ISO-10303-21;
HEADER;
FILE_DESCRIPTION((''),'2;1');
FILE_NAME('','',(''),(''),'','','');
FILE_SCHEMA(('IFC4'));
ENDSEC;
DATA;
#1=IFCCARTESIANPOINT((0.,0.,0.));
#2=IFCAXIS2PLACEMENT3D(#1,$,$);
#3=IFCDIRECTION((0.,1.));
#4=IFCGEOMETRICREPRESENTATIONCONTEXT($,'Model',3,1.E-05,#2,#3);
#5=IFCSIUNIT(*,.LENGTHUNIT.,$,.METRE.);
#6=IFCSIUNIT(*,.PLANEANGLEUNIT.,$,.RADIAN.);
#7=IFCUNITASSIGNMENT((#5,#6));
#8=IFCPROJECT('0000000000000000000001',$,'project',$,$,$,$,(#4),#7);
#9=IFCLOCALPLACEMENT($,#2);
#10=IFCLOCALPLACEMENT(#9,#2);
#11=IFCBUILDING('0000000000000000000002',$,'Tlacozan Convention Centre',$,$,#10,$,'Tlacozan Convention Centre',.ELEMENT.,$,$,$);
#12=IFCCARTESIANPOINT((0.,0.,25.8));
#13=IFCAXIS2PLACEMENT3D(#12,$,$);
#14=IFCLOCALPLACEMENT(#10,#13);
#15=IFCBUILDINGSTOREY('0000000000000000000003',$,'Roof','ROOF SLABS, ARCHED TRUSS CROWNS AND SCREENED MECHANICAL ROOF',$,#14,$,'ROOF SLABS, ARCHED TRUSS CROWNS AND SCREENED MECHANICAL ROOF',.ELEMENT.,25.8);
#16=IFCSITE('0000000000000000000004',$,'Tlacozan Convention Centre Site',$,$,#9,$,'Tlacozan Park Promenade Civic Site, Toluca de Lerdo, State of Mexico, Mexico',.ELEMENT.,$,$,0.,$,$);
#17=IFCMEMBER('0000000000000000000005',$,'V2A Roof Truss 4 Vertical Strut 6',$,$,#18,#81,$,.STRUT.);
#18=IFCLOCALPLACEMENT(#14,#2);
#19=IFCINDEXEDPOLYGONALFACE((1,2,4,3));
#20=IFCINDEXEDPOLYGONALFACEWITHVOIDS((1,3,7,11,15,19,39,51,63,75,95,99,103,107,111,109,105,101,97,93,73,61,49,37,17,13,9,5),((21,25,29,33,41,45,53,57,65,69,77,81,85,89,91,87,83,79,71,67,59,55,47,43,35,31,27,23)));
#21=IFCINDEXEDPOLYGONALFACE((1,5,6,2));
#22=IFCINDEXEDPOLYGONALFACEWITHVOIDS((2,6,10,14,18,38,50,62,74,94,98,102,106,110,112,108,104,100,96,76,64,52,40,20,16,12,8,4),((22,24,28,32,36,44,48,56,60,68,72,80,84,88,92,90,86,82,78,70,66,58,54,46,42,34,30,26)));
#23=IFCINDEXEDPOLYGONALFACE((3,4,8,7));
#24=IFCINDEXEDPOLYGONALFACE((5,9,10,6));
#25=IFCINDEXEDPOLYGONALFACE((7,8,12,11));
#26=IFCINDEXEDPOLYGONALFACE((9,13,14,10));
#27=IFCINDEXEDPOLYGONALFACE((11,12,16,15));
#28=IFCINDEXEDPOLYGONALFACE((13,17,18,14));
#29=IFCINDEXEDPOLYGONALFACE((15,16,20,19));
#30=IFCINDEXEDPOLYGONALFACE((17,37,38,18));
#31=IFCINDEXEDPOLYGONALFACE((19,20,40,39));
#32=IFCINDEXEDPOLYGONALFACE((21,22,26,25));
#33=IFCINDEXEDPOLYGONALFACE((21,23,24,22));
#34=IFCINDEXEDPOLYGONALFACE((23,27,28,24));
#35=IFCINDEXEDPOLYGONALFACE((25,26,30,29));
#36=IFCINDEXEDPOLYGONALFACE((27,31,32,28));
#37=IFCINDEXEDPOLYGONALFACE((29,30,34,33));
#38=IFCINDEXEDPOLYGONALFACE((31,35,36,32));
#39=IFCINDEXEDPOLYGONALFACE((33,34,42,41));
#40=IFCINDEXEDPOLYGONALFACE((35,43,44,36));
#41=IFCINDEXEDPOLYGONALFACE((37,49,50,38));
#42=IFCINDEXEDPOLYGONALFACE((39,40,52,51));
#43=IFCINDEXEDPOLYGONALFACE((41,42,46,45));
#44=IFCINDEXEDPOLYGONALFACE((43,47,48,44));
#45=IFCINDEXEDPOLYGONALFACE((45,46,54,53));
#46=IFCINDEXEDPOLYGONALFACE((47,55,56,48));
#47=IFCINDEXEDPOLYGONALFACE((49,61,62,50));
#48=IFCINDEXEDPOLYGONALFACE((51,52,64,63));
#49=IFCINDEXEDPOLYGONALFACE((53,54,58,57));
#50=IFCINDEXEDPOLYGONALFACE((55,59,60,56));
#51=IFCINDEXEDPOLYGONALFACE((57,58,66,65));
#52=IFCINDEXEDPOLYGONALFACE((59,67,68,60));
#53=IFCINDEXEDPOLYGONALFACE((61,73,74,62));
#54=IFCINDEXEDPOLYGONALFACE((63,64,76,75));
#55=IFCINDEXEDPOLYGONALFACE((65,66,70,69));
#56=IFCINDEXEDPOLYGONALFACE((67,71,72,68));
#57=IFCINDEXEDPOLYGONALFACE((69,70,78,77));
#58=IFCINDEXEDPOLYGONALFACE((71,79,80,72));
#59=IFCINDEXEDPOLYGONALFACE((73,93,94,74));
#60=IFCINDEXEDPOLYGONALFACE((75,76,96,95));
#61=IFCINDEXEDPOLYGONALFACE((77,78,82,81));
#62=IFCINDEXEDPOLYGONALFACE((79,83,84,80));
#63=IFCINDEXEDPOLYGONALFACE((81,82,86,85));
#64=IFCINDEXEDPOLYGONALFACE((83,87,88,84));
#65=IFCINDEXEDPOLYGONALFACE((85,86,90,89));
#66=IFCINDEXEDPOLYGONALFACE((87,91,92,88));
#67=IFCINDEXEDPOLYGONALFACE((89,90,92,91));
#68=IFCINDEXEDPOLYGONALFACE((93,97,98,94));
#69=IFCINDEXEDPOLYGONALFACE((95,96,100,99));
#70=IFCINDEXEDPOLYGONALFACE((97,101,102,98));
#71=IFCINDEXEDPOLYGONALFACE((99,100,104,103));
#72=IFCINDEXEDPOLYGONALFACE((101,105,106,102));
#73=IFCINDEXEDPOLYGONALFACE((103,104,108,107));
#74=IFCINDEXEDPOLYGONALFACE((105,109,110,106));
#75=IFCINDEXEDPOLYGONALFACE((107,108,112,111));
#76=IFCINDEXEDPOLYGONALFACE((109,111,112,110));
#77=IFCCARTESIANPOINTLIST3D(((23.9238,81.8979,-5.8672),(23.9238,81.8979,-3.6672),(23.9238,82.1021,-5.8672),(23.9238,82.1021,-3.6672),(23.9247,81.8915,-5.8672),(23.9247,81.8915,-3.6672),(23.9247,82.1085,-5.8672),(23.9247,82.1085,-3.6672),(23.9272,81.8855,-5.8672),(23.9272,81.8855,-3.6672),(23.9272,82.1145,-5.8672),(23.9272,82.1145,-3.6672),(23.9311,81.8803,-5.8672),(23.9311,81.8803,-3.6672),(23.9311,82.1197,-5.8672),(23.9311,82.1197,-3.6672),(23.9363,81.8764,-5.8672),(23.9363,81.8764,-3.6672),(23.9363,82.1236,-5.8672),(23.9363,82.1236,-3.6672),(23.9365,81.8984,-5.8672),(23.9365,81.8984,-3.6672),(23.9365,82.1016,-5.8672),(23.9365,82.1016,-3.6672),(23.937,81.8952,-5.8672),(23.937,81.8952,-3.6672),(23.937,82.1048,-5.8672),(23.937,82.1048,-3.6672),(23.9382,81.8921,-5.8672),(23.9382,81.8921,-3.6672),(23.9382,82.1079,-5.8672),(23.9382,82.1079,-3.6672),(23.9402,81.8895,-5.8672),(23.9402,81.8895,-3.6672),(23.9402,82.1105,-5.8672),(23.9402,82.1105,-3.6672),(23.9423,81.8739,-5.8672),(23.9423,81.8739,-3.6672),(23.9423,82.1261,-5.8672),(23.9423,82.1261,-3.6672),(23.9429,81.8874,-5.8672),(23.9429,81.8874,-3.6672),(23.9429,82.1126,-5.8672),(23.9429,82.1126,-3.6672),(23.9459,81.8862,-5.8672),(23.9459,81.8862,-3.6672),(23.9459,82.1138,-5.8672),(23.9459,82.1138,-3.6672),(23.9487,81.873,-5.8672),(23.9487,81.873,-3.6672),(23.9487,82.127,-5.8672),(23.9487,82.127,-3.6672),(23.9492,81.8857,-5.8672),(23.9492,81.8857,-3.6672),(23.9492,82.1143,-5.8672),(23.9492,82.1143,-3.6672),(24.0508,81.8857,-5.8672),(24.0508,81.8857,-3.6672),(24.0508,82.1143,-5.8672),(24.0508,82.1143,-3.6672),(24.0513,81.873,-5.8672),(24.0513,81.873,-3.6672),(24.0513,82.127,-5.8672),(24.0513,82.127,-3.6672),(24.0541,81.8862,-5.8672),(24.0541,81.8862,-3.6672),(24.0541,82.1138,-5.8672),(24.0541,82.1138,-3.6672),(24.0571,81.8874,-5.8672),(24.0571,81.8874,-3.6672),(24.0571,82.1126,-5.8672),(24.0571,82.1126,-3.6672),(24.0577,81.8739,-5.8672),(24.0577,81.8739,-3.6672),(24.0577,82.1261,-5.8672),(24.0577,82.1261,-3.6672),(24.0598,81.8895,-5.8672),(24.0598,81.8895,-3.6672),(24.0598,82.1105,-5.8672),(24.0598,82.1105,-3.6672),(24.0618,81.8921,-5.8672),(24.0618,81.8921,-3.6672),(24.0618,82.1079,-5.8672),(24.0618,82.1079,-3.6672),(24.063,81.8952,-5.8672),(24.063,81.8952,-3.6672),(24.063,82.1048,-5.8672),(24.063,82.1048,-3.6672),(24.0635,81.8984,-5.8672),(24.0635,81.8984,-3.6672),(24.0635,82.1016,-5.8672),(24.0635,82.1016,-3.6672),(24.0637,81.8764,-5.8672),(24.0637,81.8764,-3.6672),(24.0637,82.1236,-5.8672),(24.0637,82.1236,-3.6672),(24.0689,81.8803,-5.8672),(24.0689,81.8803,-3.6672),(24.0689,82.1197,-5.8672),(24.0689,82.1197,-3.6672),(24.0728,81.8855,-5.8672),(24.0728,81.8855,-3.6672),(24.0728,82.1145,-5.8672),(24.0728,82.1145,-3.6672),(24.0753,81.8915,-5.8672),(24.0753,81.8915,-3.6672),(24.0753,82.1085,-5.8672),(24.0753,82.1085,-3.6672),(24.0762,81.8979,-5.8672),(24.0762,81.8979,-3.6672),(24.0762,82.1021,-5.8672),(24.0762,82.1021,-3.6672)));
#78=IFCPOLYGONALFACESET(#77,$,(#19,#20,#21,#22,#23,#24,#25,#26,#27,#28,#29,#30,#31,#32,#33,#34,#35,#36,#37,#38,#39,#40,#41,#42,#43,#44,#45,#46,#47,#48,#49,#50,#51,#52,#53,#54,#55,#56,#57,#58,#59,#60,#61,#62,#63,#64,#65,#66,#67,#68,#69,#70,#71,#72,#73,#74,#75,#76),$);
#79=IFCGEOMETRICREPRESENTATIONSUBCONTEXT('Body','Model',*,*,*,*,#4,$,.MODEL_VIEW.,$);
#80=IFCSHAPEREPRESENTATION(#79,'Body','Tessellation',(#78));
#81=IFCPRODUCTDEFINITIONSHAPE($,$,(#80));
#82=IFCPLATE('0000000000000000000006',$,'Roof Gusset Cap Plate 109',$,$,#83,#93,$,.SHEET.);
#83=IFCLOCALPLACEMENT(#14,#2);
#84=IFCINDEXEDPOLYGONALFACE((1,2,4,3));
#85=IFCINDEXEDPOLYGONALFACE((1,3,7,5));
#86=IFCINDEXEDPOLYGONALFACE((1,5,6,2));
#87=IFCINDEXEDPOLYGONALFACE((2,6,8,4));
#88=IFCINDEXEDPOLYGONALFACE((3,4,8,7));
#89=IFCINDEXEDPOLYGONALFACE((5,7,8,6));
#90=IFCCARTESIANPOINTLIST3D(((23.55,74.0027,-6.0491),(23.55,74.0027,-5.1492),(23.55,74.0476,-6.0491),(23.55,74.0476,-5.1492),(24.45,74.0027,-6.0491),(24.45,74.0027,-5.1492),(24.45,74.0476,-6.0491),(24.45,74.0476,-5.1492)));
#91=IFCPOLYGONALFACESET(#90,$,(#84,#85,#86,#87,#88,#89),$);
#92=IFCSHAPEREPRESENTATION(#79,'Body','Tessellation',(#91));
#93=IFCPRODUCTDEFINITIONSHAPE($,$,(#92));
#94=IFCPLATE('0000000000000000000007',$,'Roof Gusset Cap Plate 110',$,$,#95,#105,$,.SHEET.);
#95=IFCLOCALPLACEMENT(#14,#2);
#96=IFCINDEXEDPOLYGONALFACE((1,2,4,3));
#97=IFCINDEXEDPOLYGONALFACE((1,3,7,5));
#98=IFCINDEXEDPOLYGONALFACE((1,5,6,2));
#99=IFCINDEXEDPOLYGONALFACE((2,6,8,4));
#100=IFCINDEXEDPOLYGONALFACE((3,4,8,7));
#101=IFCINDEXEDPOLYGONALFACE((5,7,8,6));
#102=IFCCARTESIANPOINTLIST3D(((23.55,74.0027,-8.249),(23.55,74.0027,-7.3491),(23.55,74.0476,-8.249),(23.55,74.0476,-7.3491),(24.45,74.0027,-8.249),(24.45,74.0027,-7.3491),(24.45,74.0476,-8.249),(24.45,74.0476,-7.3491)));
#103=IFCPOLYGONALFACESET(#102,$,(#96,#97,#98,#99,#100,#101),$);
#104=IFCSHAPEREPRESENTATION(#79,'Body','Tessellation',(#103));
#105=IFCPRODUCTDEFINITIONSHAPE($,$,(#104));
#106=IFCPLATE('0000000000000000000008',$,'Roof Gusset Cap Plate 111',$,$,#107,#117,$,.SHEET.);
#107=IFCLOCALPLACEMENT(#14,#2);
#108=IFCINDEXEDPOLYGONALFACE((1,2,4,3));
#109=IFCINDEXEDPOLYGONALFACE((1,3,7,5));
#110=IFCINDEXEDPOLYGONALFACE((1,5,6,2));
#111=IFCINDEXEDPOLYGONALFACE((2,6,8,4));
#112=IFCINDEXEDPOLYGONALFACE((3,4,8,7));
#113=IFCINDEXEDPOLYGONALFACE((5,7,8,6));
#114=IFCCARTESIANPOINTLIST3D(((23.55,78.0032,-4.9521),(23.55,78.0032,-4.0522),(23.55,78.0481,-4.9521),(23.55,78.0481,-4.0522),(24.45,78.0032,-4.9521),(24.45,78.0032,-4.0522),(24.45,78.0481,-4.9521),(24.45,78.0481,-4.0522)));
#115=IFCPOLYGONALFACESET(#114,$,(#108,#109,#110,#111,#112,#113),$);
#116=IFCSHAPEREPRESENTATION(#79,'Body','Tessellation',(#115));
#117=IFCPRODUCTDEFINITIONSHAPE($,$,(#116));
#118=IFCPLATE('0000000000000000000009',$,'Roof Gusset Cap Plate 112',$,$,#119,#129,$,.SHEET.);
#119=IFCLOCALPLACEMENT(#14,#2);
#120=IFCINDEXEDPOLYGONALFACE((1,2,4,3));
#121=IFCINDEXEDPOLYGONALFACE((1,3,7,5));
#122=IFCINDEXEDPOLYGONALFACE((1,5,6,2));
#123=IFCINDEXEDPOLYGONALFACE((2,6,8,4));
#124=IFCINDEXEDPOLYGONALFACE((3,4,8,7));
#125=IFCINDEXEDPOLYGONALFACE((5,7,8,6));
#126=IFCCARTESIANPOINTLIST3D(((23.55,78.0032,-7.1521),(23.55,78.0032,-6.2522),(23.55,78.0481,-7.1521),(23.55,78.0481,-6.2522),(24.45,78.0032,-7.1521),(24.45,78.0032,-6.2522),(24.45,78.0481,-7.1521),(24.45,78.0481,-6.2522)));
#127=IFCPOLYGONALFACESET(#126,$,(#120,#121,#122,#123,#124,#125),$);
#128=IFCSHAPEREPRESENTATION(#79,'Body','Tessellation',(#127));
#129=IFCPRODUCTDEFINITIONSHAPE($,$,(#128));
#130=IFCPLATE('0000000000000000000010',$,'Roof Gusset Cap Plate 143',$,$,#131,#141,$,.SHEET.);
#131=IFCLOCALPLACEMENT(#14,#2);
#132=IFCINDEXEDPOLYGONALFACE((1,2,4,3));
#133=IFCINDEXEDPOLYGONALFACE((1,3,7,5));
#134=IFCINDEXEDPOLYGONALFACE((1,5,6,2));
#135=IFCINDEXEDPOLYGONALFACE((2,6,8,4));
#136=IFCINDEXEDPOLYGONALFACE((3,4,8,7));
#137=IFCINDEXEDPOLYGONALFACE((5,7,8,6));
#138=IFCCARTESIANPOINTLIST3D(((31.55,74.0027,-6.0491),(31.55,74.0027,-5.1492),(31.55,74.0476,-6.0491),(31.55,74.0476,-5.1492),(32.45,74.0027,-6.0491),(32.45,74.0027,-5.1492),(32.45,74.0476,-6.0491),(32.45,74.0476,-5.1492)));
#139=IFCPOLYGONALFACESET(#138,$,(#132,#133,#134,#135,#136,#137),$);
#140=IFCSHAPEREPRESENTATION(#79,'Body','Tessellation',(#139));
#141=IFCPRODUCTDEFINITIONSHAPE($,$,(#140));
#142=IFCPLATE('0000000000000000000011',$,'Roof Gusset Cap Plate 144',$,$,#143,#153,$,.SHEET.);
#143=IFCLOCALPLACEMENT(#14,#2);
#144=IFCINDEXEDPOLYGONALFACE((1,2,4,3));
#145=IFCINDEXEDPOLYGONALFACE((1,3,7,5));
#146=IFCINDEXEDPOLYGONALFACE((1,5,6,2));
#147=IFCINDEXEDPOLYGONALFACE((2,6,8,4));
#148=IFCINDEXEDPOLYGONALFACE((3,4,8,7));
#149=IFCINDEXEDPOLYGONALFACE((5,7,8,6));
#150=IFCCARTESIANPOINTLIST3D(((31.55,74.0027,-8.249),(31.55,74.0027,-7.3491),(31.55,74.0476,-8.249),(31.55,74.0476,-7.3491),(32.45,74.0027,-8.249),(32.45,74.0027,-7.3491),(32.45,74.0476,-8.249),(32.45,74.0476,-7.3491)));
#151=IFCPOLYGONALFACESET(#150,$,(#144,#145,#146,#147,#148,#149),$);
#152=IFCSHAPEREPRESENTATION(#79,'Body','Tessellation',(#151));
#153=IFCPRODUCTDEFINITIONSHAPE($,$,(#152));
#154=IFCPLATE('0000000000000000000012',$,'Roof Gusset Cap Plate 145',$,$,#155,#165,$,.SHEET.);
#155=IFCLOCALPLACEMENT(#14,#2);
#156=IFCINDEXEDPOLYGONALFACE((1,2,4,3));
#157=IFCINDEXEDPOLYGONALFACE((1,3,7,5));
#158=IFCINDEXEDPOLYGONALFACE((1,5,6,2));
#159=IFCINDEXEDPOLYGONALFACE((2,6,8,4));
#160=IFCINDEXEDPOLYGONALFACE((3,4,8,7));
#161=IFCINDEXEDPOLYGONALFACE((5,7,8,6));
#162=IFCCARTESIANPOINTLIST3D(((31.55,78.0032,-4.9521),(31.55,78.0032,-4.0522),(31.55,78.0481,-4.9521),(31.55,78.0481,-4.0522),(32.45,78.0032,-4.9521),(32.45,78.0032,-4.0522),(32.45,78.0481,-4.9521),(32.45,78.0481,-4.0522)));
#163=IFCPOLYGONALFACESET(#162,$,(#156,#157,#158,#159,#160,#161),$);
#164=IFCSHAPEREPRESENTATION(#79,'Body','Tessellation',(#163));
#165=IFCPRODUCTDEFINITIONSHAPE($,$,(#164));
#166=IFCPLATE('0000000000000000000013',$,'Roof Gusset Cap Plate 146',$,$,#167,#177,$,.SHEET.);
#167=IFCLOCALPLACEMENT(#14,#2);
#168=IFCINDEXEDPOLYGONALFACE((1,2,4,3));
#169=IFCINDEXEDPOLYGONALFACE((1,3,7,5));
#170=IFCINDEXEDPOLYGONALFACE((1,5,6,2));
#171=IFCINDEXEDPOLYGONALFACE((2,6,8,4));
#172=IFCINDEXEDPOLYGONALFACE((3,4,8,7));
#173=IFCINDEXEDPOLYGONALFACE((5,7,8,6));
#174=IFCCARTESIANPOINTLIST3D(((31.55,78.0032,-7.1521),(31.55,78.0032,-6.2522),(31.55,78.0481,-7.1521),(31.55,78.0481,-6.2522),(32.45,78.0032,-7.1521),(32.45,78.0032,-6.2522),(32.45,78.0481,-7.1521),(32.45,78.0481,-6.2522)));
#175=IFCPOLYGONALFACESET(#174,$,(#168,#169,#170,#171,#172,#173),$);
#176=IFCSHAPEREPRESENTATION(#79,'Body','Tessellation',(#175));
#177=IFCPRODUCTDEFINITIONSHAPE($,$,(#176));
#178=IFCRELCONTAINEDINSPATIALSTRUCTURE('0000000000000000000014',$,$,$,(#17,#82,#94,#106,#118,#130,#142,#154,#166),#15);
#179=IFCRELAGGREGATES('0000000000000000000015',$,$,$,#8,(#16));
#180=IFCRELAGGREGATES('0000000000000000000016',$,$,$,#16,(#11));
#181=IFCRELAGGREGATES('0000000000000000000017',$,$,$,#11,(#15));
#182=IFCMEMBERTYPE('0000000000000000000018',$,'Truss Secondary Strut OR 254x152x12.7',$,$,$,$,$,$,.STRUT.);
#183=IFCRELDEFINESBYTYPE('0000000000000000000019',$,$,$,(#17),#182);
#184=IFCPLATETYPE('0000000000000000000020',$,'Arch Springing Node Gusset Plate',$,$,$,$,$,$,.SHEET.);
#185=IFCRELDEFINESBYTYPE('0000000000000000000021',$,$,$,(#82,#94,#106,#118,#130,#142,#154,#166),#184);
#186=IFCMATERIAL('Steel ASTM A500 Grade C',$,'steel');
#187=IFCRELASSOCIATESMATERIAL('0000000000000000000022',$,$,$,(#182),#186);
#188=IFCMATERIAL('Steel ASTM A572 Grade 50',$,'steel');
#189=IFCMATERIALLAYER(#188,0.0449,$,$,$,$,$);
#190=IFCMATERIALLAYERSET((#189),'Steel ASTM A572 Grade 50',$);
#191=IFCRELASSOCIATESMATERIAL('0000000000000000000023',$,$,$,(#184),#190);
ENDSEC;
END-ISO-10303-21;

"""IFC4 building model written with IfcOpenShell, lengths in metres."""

from ifc_helpers import new_model, si_unit, direction, frame, origin, origin_2d, place, context, subcontext, project, spatial, rectangle, hollow_rectangle, extrude, material, layer, layer_set, material_profile, profile_set, type_object, element, save


model = new_model("IFC4")

# Units and contexts
model_context = context("Model", 3, precision=1e-05, world=origin(), true_north=direction((0.0, 1.0)))
body_context = subcontext(model_context, "Body", "Model", "MODEL_VIEW")
ifc_project = project(units=[si_unit("LENGTHUNIT", "METRE"), si_unit("PLANEANGLEUNIT", "RADIAN")], contexts=[model_context])

# Site, building, storey
site_placement = place(None, origin())
site = spatial("IfcSite", under=ifc_project, at=site_placement, Name="Tlacozan Convention Centre Site", LongName="Tlacozan Park Promenade Civic Site, Toluca de Lerdo, State of Mexico, Mexico", CompositionType="ELEMENT", RefElevation=0.0)
building_placement = place(site_placement, origin())
building = spatial("IfcBuilding", under=site, at=building_placement, Name="Tlacozan Convention Centre", LongName="Tlacozan Convention Centre", CompositionType="ELEMENT")
storey_placement = place(building_placement, frame((0.0, 0.0, 25.8)))
storey = spatial("IfcBuildingStorey", under=building, at=storey_placement, Name="Roof", Description="ROOF SLABS, ARCHED TRUSS CROWNS AND SCREENED MECHANICAL ROOF", LongName="ROOF SLABS, ARCHED TRUSS CROWNS AND SCREENED MECHANICAL ROOF", CompositionType="ELEMENT", Elevation=25.8)

# Member
ifc_material_1 = material(Name="Steel ASTM A500 Grade C", Category="steel")
ifc_material_profile_1 = material_profile(ifc_material_1, hollow_rectangle(XDim=0.1523, YDim=0.2539, WallThickness=0.0127, InnerFilletRadius=0.0127, OuterFilletRadius=0.0249, at=origin_2d()), Name="OR 254x152x12.7")
ifc_profile_set_1 = profile_set([ifc_material_profile_1], Name="Steel ASTM A500 Grade C")
member_type_1 = type_object("IfcMemberType", Name="Truss Secondary Strut OR 254x152x12.7", PredefinedType="STRUT", material=ifc_profile_set_1)
member_1_placement = place(storey_placement, frame((24.0, 82.0, -5.8672), z_axis=(0.0, 0.0, 1.0), x_axis=(1.0, 0.0, 0.0)))
element("IfcMember", 1, at=member_1_placement, inside=storey, type_object=member_type_1, Name="V2A Roof Truss 4 Vertical Strut 6", PredefinedType="STRUT", context=body_context, shape_type="SweptSolid", body=[
    extrude(hollow_rectangle(XDim=0.1523, YDim=0.2539, WallThickness=0.0127, InnerFilletRadius=0.0127, OuterFilletRadius=0.0249, at=origin_2d()), origin(), (0.0, 0.0, 1.0), 2.2),
])

# Plates
ifc_material_2 = material(Name="Steel ASTM A572 Grade 50", Category="steel")
ifc_layer = layer(ifc_material_2, 0.0449)
ifc_layer_set = layer_set([ifc_layer], Name="Steel ASTM A572 Grade 50")
plate_type = type_object("IfcPlateType", Name="Arch Springing Node Gusset Plate", PredefinedType="SHEET", material=ifc_layer_set)
for number, where, z_axis, x_axis, name in (
    (2, (24.0, 74.0251, -6.0491), (0.0, 0.0, 1.0), (0.0, 1.0, 0.0), "Roof Gusset Cap Plate 109"),
    (3, (24.0, 74.0251, -8.249), (0.0, 0.0, 1.0), (0.0, 1.0, 0.0), "Roof Gusset Cap Plate 110"),
    (4, (24.0, 78.0256, -4.9521), (0.0, 0.0, 1.0), (0.0, 1.0, 0.0), "Roof Gusset Cap Plate 111"),
    (5, (24.0, 78.0256, -7.1521), (0.0, 0.0, 1.0), (0.0, 1.0, 0.0), "Roof Gusset Cap Plate 112"),
    (6, (32.0, 74.0251, -6.0491), (0.0, 0.0, 1.0), (0.0, 1.0, 0.0), "Roof Gusset Cap Plate 143"),
    (7, (32.0, 74.0251, -8.249), (0.0, 0.0, 1.0), (0.0, 1.0, 0.0), "Roof Gusset Cap Plate 144"),
    (8, (32.0, 78.0256, -4.9521), (0.0, 0.0, 1.0), (0.0, 1.0, 0.0), "Roof Gusset Cap Plate 145"),
    (9, (32.0, 78.0256, -7.1521), (0.0, 0.0, 1.0), (0.0, 1.0, 0.0), "Roof Gusset Cap Plate 146"),
):
    element("IfcPlate", number, at=place(storey_placement, frame(where, z_axis=z_axis, x_axis=x_axis)), inside=storey, type_object=plate_type, Name=name, PredefinedType="SHEET", context=body_context, shape_type="SweptSolid", body=[
        extrude(rectangle(XDim=0.0449, YDim=0.8999, at=origin_2d()), origin(), (0.0, 0.0, 1.0), 0.8999),
    ])

save(model, "model.ifc")
